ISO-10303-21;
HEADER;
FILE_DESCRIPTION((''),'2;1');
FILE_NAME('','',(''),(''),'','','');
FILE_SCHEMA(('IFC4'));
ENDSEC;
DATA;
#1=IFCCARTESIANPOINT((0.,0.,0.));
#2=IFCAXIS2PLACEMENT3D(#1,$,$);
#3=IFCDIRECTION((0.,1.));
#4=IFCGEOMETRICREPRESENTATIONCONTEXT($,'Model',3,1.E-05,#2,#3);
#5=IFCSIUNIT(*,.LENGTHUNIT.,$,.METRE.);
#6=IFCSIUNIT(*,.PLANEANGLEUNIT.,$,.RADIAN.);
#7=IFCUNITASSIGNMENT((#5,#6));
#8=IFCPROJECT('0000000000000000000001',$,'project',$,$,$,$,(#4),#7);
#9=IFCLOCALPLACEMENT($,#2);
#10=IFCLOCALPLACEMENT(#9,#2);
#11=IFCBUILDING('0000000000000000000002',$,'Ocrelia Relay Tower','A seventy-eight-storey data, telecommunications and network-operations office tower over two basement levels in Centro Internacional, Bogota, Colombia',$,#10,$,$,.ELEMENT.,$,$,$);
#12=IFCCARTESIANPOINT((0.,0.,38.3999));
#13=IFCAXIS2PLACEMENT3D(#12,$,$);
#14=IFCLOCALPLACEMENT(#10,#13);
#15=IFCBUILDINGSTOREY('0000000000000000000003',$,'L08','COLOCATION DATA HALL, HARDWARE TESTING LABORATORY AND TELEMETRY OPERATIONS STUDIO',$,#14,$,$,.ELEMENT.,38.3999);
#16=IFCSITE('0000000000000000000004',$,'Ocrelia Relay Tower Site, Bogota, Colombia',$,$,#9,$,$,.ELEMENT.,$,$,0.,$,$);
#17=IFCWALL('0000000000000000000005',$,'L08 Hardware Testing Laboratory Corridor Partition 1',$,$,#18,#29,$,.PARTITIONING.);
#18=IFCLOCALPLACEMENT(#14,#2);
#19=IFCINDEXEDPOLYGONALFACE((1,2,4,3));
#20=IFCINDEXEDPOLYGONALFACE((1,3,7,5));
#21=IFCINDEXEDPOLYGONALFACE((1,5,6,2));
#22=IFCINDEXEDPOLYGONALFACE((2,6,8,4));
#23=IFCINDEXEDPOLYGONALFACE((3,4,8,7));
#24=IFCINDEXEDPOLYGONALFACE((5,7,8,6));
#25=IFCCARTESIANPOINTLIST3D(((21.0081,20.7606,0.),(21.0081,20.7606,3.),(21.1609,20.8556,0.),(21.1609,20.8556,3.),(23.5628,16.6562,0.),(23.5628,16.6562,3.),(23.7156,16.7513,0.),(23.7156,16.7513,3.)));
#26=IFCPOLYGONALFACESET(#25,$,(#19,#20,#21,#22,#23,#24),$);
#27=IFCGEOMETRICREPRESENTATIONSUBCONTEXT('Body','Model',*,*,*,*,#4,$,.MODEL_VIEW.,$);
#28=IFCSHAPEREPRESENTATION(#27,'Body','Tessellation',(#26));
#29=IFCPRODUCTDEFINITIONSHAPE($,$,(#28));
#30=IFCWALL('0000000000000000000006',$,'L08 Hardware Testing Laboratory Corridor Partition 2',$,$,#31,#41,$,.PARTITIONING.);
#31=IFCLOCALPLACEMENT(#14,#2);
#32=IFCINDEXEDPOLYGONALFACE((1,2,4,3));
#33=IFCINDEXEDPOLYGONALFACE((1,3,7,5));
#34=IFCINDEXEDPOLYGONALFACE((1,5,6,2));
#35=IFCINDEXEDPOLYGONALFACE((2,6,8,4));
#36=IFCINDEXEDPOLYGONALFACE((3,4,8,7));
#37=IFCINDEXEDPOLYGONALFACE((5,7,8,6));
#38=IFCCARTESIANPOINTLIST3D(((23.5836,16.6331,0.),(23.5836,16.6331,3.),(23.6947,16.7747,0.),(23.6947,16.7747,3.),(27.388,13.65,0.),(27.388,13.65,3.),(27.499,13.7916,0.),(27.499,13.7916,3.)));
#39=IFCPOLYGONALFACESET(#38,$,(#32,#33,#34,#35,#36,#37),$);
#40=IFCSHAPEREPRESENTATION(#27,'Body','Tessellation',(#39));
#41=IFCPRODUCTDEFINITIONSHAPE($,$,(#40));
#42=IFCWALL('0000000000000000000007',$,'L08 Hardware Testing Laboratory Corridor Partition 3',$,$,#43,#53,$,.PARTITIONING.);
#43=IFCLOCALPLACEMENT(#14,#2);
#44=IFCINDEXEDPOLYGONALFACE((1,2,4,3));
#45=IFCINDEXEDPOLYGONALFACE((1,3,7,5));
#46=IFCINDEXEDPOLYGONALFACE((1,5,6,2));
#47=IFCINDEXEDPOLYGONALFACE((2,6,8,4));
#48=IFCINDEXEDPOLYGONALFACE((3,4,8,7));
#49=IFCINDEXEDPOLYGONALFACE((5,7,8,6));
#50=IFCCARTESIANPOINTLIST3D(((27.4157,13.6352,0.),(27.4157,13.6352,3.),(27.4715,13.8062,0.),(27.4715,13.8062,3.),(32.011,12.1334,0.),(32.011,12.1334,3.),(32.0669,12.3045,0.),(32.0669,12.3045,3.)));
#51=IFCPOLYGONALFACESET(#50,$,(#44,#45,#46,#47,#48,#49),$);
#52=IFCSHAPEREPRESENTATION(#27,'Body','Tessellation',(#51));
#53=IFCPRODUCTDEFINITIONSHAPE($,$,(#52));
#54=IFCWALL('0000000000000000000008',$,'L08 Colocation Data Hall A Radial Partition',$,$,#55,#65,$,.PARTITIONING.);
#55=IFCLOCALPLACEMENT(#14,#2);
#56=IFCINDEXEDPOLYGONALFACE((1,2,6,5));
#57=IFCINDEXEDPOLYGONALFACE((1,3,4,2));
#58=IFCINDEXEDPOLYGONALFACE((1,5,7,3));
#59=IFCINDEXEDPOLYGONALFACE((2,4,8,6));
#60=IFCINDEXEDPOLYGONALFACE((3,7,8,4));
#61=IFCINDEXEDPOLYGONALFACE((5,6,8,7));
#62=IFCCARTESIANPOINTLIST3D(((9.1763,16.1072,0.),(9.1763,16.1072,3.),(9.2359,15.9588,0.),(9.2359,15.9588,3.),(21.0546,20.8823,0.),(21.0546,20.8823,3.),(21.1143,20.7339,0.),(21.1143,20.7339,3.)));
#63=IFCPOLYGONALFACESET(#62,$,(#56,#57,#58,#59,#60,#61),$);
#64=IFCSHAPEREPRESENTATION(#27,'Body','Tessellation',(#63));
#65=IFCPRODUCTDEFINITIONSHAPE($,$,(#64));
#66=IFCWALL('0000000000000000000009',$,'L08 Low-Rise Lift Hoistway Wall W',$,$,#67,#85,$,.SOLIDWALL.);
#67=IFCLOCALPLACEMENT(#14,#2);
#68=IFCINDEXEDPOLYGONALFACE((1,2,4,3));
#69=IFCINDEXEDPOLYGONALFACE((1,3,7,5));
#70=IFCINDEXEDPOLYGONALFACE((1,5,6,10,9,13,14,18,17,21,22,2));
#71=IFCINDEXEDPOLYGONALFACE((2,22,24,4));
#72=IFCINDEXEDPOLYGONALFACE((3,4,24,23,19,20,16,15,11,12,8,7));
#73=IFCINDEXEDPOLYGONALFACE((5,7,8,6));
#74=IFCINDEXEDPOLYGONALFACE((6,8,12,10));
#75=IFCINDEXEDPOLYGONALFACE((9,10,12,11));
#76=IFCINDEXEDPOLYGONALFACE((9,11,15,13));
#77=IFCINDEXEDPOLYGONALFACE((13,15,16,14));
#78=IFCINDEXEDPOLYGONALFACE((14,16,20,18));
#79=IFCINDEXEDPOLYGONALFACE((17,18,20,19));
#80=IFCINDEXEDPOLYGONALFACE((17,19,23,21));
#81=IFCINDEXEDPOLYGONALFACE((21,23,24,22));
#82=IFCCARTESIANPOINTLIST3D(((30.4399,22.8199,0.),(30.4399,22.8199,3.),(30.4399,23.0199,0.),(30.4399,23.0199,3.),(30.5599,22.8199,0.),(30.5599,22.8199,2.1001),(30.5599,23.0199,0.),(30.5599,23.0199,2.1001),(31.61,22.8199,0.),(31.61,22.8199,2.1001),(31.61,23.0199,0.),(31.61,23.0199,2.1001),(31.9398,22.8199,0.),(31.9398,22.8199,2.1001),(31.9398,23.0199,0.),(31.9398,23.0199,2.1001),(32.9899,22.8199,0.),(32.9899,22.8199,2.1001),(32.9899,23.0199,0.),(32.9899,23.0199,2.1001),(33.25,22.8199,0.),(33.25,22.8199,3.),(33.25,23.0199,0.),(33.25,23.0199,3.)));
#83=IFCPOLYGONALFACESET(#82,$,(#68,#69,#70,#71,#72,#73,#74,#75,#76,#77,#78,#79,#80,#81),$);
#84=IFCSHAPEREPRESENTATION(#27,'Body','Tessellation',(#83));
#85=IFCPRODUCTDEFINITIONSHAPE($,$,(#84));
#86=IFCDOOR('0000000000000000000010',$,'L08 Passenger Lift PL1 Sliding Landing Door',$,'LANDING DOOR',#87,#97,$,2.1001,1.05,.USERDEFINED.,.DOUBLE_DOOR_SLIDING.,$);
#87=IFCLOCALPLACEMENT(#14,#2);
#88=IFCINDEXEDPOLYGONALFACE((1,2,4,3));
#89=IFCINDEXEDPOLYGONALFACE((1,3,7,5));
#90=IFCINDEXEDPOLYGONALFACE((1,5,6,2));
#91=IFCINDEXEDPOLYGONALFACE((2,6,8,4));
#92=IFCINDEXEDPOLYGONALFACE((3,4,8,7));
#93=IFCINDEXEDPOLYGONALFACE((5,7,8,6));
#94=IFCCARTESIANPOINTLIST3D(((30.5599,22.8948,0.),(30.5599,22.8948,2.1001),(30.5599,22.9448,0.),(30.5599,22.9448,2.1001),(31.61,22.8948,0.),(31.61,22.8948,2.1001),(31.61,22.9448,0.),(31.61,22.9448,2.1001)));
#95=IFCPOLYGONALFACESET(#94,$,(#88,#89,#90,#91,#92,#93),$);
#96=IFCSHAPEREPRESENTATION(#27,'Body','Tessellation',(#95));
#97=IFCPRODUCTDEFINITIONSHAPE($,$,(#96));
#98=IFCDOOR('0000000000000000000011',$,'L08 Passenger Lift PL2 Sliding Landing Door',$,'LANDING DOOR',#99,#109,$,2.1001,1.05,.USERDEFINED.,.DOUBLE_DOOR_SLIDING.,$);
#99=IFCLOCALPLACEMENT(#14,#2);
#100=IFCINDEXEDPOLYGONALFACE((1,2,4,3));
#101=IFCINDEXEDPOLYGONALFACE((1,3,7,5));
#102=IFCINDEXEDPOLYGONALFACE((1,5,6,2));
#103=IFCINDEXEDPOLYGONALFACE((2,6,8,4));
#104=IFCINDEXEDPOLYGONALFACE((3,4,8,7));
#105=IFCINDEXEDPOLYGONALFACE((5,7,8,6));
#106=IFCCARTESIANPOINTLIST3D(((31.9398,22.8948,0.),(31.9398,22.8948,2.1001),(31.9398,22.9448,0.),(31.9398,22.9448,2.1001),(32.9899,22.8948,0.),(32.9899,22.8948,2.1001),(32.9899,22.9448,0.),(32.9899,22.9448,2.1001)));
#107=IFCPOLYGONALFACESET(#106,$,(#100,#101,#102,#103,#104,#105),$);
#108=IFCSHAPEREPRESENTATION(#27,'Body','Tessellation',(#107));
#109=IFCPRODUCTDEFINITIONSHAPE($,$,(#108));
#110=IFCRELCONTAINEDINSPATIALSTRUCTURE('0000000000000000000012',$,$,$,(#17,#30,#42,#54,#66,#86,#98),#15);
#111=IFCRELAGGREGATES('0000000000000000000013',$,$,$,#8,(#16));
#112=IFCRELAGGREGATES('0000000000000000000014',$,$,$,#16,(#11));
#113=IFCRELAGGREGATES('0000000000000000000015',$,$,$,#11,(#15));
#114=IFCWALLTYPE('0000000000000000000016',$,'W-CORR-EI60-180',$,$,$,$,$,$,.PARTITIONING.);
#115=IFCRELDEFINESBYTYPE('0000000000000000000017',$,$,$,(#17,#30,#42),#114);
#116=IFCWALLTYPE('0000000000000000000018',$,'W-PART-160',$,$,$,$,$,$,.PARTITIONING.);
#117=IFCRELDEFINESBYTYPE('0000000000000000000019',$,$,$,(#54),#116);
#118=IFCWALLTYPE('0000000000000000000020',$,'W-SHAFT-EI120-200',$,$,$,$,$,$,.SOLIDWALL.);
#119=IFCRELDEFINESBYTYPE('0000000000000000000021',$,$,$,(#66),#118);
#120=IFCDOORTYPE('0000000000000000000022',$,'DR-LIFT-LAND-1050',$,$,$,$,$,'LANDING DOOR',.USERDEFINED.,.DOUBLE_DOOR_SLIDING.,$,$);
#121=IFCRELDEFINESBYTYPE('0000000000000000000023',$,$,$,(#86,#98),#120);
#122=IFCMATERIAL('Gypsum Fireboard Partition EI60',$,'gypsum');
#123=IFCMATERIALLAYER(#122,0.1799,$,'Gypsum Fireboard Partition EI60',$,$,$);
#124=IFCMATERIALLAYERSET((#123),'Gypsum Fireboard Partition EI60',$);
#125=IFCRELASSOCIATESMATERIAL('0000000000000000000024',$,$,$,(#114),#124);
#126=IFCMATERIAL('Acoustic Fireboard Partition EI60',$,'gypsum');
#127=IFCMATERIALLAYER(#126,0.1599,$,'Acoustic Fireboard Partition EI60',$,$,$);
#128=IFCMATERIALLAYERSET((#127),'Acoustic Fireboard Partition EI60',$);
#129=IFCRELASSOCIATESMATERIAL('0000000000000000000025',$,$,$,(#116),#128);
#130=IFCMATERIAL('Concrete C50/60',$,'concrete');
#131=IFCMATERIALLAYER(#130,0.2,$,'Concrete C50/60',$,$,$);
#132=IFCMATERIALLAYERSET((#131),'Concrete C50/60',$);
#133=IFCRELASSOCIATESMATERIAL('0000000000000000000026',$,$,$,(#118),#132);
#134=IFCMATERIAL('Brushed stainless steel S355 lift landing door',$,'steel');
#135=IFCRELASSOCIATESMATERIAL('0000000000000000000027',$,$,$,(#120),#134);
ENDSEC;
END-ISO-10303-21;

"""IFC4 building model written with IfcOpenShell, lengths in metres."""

from ifc_helpers import new_model, si_unit, direction, frame, frame_2d, origin, place, context, subcontext, project, spatial, rectangle, extrude, material, layer, layer_set, type_object, element, fill, save


model = new_model("IFC4")

# Units and contexts
model_context = context("Model", 3, precision=1e-05, world=origin(), true_north=direction((0.0, 1.0)))
body_context = subcontext(model_context, "Body", "Model", "MODEL_VIEW")
ifc_project = project(units=[si_unit("LENGTHUNIT", "METRE"), si_unit("PLANEANGLEUNIT", "RADIAN")], contexts=[model_context])

# Site, building, storey
site_placement = place(None, origin())
site = spatial("IfcSite", under=ifc_project, at=site_placement, Name="Ocrelia Relay Tower Site, Bogota, Colombia", CompositionType="ELEMENT", RefElevation=0.0)
building_placement = place(site_placement, origin())
building = spatial("IfcBuilding", under=site, at=building_placement, Name="Ocrelia Relay Tower", Description="A seventy-eight-storey data, telecommunications and network-operations office tower over two basement levels in Centro Internacional, Bogota, Colombia", CompositionType="ELEMENT")
storey_placement = place(building_placement, frame((0.0, 0.0, 38.3999)))
storey = spatial("IfcBuildingStorey", under=building, at=storey_placement, Name="L08", Description="COLOCATION DATA HALL, HARDWARE TESTING LABORATORY AND TELEMETRY OPERATIONS STUDIO", CompositionType="ELEMENT", Elevation=38.3999)

# Walls
ifc_material_1 = material(Name="Gypsum Fireboard Partition EI60", Category="gypsum")
ifc_layer_1 = layer(ifc_material_1, 0.1799, Name="Gypsum Fireboard Partition EI60")
ifc_layer_set_1 = layer_set([ifc_layer_1], Name="Gypsum Fireboard Partition EI60")
wall_type_1 = type_object("IfcWallType", Name="W-CORR-EI60-180", PredefinedType="PARTITIONING", material=ifc_layer_set_1)
for number, where, z_axis, x_axis, name in (
    (1, (21.0845, 20.8081, 0.0), (0.0, 0.0, 1.0), (0.528441, -0.84897, 0.0), "L08 Hardware Testing Laboratory Corridor Partition 1"),
    (2, (23.6392, 16.7039, 0.0), (0.0, 0.0, 1.0), (0.786926, -0.617047, 0.0), "L08 Hardware Testing Laboratory Corridor Partition 2"),
    (3, (27.4436, 13.7207, 0.0), (0.0, 0.0, 1.0), (0.95053, -0.310632, 0.0), "L08 Hardware Testing Laboratory Corridor Partition 3"),
):
    element("IfcWall", number, at=place(storey_placement, frame(where, z_axis=z_axis, x_axis=x_axis)), inside=storey, type_object=wall_type_1, Name=name, PredefinedType="PARTITIONING", context=body_context, shape_type="SweptSolid", body=[
        extrude(rectangle(XDim=4.8345, YDim=0.1799, at=frame_2d((2.4172, 0.0))), origin(), (0.0, 0.0, 1.0), 3.0),
    ])
ifc_material_2 = material(Name="Acoustic Fireboard Partition EI60", Category="gypsum")
ifc_layer_2 = layer(ifc_material_2, 0.1599, Name="Acoustic Fireboard Partition EI60")
ifc_layer_set_2 = layer_set([ifc_layer_2], Name="Acoustic Fireboard Partition EI60")
wall_type_2 = type_object("IfcWallType", Name="W-PART-160", PredefinedType="PARTITIONING", material=ifc_layer_set_2)
wall_1_placement = place(storey_placement, frame((21.0845, 20.8081, 0.0), z_axis=(0.0, 0.0, 1.0), x_axis=(-0.927835, -0.372991, 0.0)))
element("IfcWall", 4, at=wall_1_placement, inside=storey, type_object=wall_type_2, Name="L08 Colocation Data Hall A Radial Partition", PredefinedType="PARTITIONING", context=body_context, shape_type="SweptSolid", body=[
    extrude(rectangle(XDim=12.8022, YDim=0.1599, at=frame_2d((6.4011, 0.0))), origin(), (0.0, 0.0, 1.0), 3.0),
])

# Wall, openings, doors
ifc_material_3 = material(Name="Concrete C50/60", Category="concrete")
ifc_layer_3 = layer(ifc_material_3, 0.2, Name="Concrete C50/60")
ifc_layer_set_3 = layer_set([ifc_layer_3], Name="Concrete C50/60")
wall_type_3 = type_object("IfcWallType", Name="W-SHAFT-EI120-200", PredefinedType="SOLIDWALL", material=ifc_layer_set_3)
wall_2_placement = place(storey_placement, frame((30.4399, 22.9199, 0.0), z_axis=(0.0, 0.0, 1.0), x_axis=(1.0, 0.0, 0.0)))
wall_2 = element("IfcWall", 5, at=wall_2_placement, inside=storey, type_object=wall_type_3, Name="L08 Low-Rise Lift Hoistway Wall W", PredefinedType="SOLIDWALL", context=body_context, shape_type="SweptSolid", body=[
    extrude(rectangle(XDim=2.8101, YDim=0.2, at=frame_2d((1.405, 0.0))), origin(), (0.0, 0.0, 1.0), 3.0),
])
opening_1_placement = place(wall_2_placement, frame((0.1201, 0.0, 0.0)))
opening_1 = element("IfcOpeningElement", 6, at=opening_1_placement, cuts=wall_2, PredefinedType="OPENING", context=body_context, shape_type="SweptSolid", body=[
    extrude(rectangle(XDim=1.05, YDim=2.1001, at=frame_2d((0.5249, 1.05))), frame((0.0, 0.1099, 0.0), z_axis=(0.0, -1.0, 0.0), x_axis=(1.0, 0.0, 0.0)), (0.0, 0.0, 1.0), 0.22),
])
opening_2_placement = place(wall_2_placement, frame((1.5, 0.0, 0.0)))
opening_2 = element("IfcOpeningElement", 7, at=opening_2_placement, cuts=wall_2, PredefinedType="OPENING", context=body_context, shape_type="SweptSolid", body=[
    extrude(rectangle(XDim=1.05, YDim=2.1001, at=frame_2d((0.5249, 1.05))), frame((0.0, 0.1099, 0.0), z_axis=(0.0, -1.0, 0.0), x_axis=(1.0, 0.0, 0.0)), (0.0, 0.0, 1.0), 0.22),
])
ifc_material_4 = material(Name="Brushed stainless steel S355 lift landing door", Category="steel")
door_type_1 = type_object("IfcDoorType", Name="DR-LIFT-LAND-1050", ElementType="LANDING DOOR", OperationType="DOUBLE_DOOR_SLIDING", PredefinedType="USERDEFINED", material=ifc_material_4)
door_1_placement = place(opening_1_placement, origin())
door_1 = element("IfcDoor", 8, at=door_1_placement, inside=storey, type_object=door_type_1, Name="L08 Passenger Lift PL1 Sliding Landing Door", ObjectType="LANDING DOOR", OperationType="DOUBLE_DOOR_SLIDING", OverallHeight=2.1001, OverallWidth=1.05, PredefinedType="USERDEFINED", context=body_context, shape_type="SweptSolid", body=[
    extrude(rectangle(XDim=1.05, YDim=2.1001, at=frame_2d((0.5249, 1.05))), frame((0.0, 0.0249, 0.0), z_axis=(0.0, -1.0, 0.0), x_axis=(1.0, 0.0, 0.0)), (0.0, 0.0, 1.0), 0.05),
])
fill(opening_1, door_1)
door_2_placement = place(opening_2_placement, origin())
door_2 = element("IfcDoor", 9, at=door_2_placement, inside=storey, type_object=door_type_1, Name="L08 Passenger Lift PL2 Sliding Landing Door", ObjectType="LANDING DOOR", OperationType="DOUBLE_DOOR_SLIDING", OverallHeight=2.1001, OverallWidth=1.05, PredefinedType="USERDEFINED", context=body_context, shape_type="SweptSolid", body=[
    extrude(rectangle(XDim=1.05, YDim=2.1001, at=frame_2d((0.5249, 1.05))), frame((0.0, 0.0249, 0.0), z_axis=(0.0, -1.0, 0.0), x_axis=(1.0, 0.0, 0.0)), (0.0, 0.0, 1.0), 0.05),
])
fill(opening_2, door_2)

save(model, "model.ifc")
